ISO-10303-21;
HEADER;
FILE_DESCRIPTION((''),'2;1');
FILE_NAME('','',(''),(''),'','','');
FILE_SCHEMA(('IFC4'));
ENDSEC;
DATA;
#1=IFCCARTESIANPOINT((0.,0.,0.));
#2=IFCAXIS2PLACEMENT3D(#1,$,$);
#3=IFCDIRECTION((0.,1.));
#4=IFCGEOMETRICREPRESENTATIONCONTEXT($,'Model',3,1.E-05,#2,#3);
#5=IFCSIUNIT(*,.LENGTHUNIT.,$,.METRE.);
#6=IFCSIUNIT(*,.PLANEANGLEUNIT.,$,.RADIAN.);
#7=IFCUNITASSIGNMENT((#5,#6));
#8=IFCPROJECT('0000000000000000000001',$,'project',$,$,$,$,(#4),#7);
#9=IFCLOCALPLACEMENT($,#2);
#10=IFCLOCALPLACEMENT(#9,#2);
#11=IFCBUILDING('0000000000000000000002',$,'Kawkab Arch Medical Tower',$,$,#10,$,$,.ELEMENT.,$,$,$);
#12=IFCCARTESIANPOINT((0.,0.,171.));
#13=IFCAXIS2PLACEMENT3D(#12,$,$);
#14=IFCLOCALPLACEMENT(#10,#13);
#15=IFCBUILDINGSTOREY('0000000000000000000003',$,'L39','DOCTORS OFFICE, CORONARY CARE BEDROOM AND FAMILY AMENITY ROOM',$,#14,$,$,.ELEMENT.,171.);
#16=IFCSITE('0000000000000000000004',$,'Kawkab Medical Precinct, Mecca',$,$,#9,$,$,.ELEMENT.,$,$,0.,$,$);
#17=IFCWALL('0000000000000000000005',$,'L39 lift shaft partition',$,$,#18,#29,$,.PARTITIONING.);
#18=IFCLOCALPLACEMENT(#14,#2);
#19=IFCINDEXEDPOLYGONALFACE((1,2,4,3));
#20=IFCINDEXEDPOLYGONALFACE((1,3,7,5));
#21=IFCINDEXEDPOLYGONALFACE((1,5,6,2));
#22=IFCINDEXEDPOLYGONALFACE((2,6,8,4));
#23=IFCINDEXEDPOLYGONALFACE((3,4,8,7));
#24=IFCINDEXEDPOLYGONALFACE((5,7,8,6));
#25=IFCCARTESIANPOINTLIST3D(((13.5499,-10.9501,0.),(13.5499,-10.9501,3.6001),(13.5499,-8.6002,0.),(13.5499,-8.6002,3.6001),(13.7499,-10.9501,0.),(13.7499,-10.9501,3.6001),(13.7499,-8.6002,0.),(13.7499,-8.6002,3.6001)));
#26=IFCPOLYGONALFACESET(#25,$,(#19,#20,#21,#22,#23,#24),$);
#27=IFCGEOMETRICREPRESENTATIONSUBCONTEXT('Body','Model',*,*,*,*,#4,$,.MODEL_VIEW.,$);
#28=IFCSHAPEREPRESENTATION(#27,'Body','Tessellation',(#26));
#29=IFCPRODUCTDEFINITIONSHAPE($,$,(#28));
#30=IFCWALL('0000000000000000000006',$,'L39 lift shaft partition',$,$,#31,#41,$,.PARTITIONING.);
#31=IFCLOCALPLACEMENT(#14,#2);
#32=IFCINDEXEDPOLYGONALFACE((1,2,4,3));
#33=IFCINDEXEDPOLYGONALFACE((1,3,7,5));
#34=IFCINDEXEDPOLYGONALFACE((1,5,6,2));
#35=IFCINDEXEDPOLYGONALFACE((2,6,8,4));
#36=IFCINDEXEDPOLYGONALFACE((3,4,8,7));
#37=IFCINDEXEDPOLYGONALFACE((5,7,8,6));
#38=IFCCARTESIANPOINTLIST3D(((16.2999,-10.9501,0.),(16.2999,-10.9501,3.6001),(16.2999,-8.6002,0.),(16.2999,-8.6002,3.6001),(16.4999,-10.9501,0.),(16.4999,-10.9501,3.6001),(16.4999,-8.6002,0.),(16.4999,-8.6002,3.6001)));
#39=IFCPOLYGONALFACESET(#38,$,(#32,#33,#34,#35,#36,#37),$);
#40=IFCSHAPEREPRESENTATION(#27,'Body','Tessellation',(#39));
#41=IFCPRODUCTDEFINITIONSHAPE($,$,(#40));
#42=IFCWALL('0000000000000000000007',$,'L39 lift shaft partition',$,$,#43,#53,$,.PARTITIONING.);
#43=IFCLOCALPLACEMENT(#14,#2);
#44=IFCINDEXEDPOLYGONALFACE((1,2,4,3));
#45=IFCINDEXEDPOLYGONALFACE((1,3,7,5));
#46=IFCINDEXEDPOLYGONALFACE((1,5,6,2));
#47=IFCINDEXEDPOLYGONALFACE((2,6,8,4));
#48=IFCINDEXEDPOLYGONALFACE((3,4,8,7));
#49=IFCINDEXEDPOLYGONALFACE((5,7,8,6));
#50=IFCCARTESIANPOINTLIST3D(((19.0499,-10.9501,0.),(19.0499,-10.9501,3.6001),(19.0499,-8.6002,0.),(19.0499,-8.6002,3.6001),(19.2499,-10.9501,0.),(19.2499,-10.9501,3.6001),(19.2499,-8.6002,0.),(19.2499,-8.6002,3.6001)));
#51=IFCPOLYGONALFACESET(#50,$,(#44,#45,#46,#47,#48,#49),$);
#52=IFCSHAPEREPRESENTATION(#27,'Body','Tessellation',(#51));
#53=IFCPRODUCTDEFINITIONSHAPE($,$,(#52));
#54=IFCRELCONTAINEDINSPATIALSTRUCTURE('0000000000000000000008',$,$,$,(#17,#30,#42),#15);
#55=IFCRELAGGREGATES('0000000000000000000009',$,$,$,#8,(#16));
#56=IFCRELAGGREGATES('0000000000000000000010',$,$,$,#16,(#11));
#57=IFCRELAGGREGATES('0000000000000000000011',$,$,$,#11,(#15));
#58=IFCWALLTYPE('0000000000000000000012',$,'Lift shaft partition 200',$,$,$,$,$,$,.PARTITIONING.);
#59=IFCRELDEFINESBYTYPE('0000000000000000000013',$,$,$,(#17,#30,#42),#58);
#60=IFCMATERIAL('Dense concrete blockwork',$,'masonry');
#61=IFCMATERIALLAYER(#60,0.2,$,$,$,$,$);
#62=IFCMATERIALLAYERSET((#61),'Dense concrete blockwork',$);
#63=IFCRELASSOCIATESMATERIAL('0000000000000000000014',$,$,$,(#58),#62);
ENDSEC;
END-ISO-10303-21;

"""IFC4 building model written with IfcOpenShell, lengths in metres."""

from ifc_helpers import new_model, si_unit, direction, frame, frame_2d, origin, place, context, subcontext, project, spatial, rectangle, extrude, material, layer, layer_set, type_object, element, save


model = new_model("IFC4")

# Units and contexts
model_context = context("Model", 3, precision=1e-05, world=origin(), true_north=direction((0.0, 1.0)))
body_context = subcontext(model_context, "Body", "Model", "MODEL_VIEW")
ifc_project = project(units=[si_unit("LENGTHUNIT", "METRE"), si_unit("PLANEANGLEUNIT", "RADIAN")], contexts=[model_context])

# Site, building, storey
site_placement = place(None, origin())
site = spatial("IfcSite", under=ifc_project, at=site_placement, Name="Kawkab Medical Precinct, Mecca", CompositionType="ELEMENT", RefElevation=0.0)
building_placement = place(site_placement, origin())
building = spatial("IfcBuilding", under=site, at=building_placement, Name="Kawkab Arch Medical Tower", CompositionType="ELEMENT")
storey_placement = place(building_placement, frame((0.0, 0.0, 171.0)))
storey = spatial("IfcBuildingStorey", under=building, at=storey_placement, Name="L39", Description="DOCTORS OFFICE, CORONARY CARE BEDROOM AND FAMILY AMENITY ROOM", CompositionType="ELEMENT", Elevation=171.0)

# Walls
ifc_material_1 = material(Name="Dense concrete blockwork", Category="masonry")
ifc_layer_1 = layer(ifc_material_1, 0.2)
ifc_layer_set_1 = layer_set([ifc_layer_1], Name="Dense concrete blockwork")
wall_type_1 = type_object("IfcWallType", Name="Lift shaft partition 200", PredefinedType="PARTITIONING", material=ifc_layer_set_1)
for number, where, z_axis, x_axis, name in (
    (1, (13.6499, -10.95, 0.0), (0.0, 0.0, 1.0), (0.0, 1.0, 0.0), "L39 lift shaft partition"),
    (2, (16.3999, -10.95, 0.0), (0.0, 0.0, 1.0), (0.0, 1.0, 0.0), "L39 lift shaft partition"),
    (3, (19.1499, -10.95, 0.0), (0.0, 0.0, 1.0), (0.0, 1.0, 0.0), "L39 lift shaft partition"),
):
    element("IfcWall", number, at=place(storey_placement, frame(where, z_axis=z_axis, x_axis=x_axis)), inside=storey, type_object=wall_type_1, Name=name, PredefinedType="PARTITIONING", context=body_context, shape_type="SweptSolid", body=[
        extrude(rectangle(XDim=2.3499, YDim=0.2, at=frame_2d((1.1748, 0.0))), origin(), (0.0, 0.0, 1.0), 3.6001),
    ])

save(model, "model.ifc")
